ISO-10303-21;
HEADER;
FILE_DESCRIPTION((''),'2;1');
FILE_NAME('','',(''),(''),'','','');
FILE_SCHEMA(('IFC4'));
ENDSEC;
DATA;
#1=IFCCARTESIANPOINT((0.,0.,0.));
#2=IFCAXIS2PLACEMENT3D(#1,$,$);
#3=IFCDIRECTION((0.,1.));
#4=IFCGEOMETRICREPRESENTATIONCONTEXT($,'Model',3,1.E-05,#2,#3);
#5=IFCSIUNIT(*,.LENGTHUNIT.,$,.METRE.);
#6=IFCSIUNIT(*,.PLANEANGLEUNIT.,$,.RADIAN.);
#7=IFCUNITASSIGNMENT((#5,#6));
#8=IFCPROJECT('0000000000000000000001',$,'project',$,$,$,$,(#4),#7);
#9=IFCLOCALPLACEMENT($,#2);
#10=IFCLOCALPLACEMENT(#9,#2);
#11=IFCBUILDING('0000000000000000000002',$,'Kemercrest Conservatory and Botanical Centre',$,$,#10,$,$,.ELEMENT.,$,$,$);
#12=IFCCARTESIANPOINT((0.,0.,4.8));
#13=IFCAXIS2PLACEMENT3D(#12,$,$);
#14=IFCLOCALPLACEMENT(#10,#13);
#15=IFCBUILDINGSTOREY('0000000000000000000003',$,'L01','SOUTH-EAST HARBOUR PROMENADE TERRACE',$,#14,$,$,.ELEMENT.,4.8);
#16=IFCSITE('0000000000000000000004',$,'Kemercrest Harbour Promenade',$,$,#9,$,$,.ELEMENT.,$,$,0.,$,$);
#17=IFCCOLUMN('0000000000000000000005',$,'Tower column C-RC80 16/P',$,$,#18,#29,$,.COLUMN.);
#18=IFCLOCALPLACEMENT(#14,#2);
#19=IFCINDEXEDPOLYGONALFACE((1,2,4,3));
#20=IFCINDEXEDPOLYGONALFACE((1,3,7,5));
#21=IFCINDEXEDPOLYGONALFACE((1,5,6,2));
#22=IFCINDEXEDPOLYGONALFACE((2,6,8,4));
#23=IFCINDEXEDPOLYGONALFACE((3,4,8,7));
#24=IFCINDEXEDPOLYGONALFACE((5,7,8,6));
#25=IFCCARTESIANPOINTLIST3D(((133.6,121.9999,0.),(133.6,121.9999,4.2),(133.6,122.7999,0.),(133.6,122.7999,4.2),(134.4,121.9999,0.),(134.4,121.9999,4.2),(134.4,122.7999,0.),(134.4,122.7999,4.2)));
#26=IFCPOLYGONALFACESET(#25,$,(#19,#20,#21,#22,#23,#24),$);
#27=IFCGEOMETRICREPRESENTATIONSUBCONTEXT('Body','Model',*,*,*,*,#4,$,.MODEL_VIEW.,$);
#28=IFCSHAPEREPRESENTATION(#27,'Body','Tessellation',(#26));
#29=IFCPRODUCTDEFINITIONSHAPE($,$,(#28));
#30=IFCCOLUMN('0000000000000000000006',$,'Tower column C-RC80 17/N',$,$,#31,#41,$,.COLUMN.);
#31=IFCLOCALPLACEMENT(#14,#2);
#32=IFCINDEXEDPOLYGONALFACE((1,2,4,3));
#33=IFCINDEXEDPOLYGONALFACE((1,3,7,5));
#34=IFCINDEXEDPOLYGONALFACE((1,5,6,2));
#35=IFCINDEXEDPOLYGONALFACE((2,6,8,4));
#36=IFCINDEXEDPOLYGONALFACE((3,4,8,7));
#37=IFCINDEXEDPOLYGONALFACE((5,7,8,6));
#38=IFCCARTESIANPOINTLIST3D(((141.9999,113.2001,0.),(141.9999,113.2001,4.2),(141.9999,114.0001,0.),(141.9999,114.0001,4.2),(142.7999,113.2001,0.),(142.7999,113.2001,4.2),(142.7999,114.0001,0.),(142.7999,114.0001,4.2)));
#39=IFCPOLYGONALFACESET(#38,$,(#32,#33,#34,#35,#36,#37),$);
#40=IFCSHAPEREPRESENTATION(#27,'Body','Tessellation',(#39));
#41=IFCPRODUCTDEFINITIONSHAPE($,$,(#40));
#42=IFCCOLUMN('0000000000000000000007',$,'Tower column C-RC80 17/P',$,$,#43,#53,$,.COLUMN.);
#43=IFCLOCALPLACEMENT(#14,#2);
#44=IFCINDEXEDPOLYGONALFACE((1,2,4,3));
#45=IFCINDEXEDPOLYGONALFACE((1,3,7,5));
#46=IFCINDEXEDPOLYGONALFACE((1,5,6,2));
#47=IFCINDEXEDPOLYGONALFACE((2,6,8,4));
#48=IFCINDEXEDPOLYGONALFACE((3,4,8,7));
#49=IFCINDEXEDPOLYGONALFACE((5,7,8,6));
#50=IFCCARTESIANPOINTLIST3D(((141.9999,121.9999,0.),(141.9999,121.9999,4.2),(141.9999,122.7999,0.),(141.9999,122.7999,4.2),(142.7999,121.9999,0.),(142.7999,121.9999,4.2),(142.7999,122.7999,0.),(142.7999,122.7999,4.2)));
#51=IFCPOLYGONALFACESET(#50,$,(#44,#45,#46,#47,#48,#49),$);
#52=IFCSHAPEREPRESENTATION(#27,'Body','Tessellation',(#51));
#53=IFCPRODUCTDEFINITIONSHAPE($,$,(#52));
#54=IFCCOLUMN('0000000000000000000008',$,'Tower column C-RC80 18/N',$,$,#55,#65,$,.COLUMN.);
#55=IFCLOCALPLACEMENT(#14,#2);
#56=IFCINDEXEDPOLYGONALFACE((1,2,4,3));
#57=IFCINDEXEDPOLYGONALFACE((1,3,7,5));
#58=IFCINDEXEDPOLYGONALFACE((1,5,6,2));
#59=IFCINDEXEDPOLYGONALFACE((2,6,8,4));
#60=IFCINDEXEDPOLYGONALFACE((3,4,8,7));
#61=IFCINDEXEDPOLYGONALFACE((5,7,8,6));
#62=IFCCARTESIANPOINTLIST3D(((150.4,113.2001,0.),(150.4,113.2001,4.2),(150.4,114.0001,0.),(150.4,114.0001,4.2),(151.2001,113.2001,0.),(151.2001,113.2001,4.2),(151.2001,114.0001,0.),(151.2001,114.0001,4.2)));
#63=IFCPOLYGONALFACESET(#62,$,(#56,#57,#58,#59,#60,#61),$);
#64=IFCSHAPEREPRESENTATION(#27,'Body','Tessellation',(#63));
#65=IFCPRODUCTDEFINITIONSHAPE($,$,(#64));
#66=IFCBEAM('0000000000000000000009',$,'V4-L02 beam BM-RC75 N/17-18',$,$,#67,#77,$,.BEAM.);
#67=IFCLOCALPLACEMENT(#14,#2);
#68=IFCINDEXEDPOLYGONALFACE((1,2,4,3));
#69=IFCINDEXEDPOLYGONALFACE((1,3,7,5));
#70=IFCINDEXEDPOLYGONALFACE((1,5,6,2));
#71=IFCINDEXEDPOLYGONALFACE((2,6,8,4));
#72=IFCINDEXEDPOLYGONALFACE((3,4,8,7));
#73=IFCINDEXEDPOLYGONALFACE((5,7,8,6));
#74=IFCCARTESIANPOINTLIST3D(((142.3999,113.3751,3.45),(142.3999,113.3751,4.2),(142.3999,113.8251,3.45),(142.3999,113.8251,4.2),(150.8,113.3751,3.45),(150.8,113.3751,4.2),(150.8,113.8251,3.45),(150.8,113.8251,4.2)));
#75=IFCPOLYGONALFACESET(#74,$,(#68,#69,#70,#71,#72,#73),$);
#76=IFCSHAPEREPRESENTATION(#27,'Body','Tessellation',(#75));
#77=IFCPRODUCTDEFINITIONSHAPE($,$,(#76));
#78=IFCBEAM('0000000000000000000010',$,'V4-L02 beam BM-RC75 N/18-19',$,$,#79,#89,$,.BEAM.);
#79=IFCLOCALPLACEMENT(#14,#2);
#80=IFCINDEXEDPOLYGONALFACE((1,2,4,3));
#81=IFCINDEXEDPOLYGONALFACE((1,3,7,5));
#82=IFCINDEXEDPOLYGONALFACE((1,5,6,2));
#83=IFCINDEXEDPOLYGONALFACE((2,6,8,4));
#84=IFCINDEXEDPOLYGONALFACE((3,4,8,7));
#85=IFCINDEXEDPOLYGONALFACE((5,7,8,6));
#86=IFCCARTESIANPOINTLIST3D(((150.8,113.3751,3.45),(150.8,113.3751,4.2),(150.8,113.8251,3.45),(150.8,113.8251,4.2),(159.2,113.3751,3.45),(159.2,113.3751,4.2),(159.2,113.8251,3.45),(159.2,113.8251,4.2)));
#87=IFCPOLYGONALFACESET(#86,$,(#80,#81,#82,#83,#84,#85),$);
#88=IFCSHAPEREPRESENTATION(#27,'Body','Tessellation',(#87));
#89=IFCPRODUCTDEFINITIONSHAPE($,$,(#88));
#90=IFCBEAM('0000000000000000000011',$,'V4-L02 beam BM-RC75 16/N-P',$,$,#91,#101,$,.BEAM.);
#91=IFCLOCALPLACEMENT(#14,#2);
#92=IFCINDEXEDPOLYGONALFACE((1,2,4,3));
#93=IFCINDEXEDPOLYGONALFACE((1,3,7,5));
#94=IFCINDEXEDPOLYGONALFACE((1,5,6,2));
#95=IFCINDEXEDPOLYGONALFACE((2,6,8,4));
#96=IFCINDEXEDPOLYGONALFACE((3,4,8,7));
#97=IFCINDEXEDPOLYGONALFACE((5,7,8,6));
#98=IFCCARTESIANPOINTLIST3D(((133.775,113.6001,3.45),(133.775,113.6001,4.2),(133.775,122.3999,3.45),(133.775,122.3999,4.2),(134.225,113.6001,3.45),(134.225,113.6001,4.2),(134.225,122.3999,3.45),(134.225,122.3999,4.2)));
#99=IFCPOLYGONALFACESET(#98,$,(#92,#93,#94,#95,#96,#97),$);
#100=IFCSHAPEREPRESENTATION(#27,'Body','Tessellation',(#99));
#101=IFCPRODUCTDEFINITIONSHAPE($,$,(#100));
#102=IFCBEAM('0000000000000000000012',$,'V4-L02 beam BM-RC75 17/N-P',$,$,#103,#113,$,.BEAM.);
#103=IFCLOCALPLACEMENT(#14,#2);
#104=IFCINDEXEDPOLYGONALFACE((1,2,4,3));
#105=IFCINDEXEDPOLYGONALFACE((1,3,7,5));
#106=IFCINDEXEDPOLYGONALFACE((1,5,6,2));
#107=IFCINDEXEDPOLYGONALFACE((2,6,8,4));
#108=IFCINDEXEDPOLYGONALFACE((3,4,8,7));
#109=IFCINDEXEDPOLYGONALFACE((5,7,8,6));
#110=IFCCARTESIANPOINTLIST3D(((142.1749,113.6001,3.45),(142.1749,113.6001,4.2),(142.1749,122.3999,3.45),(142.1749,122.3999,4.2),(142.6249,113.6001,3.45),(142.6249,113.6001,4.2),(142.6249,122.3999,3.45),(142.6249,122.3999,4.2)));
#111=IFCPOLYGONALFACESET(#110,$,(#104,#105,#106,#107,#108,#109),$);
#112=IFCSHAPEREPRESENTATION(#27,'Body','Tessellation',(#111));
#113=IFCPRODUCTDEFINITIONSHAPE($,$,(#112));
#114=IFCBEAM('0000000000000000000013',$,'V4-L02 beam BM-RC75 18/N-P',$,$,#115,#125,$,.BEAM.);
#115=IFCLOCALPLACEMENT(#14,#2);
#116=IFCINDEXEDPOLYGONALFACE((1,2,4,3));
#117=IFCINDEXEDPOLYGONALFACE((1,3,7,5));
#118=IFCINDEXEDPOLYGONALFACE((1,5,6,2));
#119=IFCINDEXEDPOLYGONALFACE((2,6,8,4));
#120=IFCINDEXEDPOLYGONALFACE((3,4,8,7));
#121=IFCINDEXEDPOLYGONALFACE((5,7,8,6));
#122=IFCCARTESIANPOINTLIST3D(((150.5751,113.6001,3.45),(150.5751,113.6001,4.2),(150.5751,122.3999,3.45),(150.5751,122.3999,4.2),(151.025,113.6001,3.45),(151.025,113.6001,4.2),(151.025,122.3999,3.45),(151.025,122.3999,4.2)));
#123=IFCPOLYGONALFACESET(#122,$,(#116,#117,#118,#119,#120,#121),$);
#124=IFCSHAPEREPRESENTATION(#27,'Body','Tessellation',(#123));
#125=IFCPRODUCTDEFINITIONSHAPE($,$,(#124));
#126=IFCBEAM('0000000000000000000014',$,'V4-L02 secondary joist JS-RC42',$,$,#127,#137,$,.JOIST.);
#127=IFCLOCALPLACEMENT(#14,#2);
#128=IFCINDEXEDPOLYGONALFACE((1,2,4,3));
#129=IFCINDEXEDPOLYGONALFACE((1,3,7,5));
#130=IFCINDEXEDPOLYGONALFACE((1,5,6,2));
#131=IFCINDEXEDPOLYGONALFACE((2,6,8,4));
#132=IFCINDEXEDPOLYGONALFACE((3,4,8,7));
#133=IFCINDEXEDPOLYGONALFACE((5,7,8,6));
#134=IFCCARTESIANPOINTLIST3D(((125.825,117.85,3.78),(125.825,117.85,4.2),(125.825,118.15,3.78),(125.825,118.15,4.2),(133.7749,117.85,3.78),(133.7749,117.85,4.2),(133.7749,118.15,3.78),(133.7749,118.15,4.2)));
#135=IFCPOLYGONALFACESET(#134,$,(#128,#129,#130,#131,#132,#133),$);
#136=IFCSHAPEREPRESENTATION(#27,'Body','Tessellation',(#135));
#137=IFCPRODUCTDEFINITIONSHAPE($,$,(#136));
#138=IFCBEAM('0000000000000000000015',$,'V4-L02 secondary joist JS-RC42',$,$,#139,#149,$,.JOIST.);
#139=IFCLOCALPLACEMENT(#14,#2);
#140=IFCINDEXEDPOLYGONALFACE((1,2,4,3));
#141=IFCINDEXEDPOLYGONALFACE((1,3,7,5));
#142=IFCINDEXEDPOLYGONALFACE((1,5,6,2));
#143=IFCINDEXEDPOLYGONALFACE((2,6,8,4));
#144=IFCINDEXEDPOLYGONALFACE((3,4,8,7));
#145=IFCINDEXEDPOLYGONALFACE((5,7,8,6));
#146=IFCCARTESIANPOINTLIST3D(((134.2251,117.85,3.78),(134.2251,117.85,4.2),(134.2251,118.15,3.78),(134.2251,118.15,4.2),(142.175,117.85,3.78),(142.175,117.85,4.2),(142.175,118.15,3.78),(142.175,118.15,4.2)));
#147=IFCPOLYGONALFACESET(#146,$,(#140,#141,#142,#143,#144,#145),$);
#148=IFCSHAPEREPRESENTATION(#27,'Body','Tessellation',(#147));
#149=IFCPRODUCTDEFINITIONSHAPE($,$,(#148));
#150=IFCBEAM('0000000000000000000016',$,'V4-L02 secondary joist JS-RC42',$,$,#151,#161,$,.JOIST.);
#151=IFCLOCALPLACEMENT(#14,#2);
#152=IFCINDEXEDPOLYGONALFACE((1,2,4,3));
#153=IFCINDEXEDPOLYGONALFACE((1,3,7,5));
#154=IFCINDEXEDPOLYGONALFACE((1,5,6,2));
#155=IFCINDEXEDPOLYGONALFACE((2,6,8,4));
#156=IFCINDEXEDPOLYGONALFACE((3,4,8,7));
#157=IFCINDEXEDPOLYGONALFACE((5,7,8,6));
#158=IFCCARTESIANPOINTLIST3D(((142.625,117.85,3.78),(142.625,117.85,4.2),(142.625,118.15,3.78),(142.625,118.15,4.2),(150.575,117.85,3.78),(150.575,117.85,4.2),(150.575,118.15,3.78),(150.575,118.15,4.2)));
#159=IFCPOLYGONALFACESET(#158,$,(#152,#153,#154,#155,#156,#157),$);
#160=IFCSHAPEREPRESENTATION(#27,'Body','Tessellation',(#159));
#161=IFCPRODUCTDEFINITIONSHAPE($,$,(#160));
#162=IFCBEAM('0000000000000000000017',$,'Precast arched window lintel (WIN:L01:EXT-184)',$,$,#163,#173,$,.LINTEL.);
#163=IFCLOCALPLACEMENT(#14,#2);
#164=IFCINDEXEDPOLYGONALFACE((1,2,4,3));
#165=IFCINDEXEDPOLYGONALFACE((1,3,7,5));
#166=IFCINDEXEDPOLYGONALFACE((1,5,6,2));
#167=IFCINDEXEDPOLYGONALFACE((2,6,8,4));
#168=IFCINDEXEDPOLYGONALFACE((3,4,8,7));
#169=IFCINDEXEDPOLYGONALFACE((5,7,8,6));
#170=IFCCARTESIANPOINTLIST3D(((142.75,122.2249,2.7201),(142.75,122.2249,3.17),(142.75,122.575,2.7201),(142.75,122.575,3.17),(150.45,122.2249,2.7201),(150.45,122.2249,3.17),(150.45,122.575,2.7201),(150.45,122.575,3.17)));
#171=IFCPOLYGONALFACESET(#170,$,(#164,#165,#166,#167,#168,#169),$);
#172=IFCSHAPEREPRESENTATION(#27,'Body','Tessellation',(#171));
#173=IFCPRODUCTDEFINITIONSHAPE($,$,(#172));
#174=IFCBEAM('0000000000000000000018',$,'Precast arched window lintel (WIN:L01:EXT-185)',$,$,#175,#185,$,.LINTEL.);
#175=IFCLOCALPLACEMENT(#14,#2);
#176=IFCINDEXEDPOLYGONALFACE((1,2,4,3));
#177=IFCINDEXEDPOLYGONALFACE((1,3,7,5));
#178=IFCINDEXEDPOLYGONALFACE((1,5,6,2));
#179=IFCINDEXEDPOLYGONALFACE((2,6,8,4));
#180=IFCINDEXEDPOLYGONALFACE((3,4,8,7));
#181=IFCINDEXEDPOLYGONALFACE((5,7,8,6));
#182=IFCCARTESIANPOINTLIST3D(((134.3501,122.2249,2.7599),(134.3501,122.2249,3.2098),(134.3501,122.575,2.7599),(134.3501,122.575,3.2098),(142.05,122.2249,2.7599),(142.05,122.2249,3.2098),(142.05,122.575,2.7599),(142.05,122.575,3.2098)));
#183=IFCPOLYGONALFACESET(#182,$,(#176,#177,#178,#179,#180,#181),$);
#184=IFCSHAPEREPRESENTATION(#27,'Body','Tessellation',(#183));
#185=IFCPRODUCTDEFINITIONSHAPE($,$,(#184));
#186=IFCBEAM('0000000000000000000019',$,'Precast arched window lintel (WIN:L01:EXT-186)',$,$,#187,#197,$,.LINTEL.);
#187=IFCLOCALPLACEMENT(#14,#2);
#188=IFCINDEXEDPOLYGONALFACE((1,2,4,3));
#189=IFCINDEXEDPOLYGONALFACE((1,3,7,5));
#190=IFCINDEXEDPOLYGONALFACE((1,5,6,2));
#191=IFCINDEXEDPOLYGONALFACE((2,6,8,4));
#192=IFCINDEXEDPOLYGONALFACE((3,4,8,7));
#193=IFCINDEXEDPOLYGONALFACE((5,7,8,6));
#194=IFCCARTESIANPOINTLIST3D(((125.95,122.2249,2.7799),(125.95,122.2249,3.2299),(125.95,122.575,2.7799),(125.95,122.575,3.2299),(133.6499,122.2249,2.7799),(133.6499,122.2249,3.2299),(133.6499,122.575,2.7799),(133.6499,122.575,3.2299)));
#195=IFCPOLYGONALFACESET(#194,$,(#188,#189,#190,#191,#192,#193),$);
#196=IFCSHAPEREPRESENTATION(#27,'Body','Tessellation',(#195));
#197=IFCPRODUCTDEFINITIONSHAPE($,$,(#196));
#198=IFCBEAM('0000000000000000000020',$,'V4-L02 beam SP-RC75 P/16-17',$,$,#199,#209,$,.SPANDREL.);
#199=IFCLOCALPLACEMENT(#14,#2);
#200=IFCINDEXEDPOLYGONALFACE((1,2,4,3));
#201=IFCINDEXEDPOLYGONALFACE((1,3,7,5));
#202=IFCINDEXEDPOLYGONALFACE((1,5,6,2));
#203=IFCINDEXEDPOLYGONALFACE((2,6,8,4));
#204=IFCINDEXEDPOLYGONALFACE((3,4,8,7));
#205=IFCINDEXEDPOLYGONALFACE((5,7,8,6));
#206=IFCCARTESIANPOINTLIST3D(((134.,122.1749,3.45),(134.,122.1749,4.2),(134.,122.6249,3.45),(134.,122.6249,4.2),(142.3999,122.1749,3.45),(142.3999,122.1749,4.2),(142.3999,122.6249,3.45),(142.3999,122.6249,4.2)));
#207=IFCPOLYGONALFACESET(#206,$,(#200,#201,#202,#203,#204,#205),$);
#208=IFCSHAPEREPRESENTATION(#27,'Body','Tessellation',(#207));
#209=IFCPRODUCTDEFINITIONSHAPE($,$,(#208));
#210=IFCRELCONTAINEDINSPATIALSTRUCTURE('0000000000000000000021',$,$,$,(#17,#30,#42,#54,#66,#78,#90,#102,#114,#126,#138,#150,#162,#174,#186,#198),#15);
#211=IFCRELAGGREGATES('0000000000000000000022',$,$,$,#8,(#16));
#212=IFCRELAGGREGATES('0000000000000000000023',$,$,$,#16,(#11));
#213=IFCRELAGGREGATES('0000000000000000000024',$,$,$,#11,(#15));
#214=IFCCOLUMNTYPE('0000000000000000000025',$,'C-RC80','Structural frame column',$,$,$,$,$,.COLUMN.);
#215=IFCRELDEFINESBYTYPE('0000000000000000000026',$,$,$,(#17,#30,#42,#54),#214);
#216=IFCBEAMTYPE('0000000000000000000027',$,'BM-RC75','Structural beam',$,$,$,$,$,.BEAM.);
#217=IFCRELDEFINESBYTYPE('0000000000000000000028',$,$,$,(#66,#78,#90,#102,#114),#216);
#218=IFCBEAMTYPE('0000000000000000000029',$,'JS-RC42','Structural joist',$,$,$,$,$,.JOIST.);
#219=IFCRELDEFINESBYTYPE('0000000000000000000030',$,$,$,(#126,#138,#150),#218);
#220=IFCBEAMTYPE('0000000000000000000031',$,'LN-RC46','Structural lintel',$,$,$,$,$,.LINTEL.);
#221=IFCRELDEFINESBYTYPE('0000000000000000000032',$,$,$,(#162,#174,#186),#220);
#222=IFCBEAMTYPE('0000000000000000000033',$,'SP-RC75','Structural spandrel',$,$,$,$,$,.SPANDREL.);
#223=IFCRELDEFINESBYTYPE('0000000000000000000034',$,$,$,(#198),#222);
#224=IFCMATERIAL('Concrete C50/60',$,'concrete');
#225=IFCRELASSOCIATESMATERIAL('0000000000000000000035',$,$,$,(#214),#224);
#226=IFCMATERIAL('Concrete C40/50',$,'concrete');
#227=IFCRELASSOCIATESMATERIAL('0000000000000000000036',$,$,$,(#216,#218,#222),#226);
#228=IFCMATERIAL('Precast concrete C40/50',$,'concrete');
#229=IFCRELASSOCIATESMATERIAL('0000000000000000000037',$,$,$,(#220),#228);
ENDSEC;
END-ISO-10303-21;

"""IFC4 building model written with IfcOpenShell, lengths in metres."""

from ifc_helpers import new_model, si_unit, direction, frame, origin, origin_2d, place, context, subcontext, project, spatial, rectangle, extrude, material, material_profile, profile_set, type_object, element, save


model = new_model("IFC4")

# Units and contexts
model_context = context("Model", 3, precision=1e-05, world=origin(), true_north=direction((0.0, 1.0)))
body_context = subcontext(model_context, "Body", "Model", "MODEL_VIEW")
ifc_project = project(units=[si_unit("LENGTHUNIT", "METRE"), si_unit("PLANEANGLEUNIT", "RADIAN")], contexts=[model_context])

# Site, building, storey
site_placement = place(None, origin())
site = spatial("IfcSite", under=ifc_project, at=site_placement, Name="Kemercrest Harbour Promenade", CompositionType="ELEMENT", RefElevation=0.0)
building_placement = place(site_placement, origin())
building = spatial("IfcBuilding", under=site, at=building_placement, Name="Kemercrest Conservatory and Botanical Centre", CompositionType="ELEMENT")
storey_placement = place(building_placement, frame((0.0, 0.0, 4.8)))
storey = spatial("IfcBuildingStorey", under=building, at=storey_placement, Name="L01", Description="SOUTH-EAST HARBOUR PROMENADE TERRACE", CompositionType="ELEMENT", Elevation=4.8)

# Columns
ifc_material_1 = material(Name="Concrete C50/60", Category="concrete")
ifc_material_profile_1 = material_profile(ifc_material_1, rectangle(XDim=0.8, YDim=0.8, at=origin_2d()), Name="RC 800x800")
ifc_profile_set_1 = profile_set([ifc_material_profile_1], Name="Concrete C50/60")
column_type = type_object("IfcColumnType", Name="C-RC80", Description="Structural frame column", PredefinedType="COLUMN", material=ifc_profile_set_1)
for number, where, z_axis, x_axis, name in (
    (1, (134.0, 122.3999, 0.0), (0.0, 0.0, 1.0), (1.0, 0.0, 0.0), "Tower column C-RC80 16/P"),
    (2, (142.3999, 113.6001, 0.0), (0.0, 0.0, 1.0), (1.0, 0.0, 0.0), "Tower column C-RC80 17/N"),
    (3, (142.3999, 122.3999, 0.0), (0.0, 0.0, 1.0), (1.0, 0.0, 0.0), "Tower column C-RC80 17/P"),
    (4, (150.8, 113.6001, 0.0), (0.0, 0.0, 1.0), (1.0, 0.0, 0.0), "Tower column C-RC80 18/N"),
):
    element("IfcColumn", number, at=place(storey_placement, frame(where, z_axis=z_axis, x_axis=x_axis)), inside=storey, type_object=column_type, Name=name, PredefinedType="COLUMN", context=body_context, shape_type="SweptSolid", body=[
        extrude(rectangle(XDim=0.8, YDim=0.8, at=origin_2d()), origin(), (0.0, 0.0, 1.0), 4.2),
    ])

# Beams
ifc_material_2 = material(Name="Concrete C40/50", Category="concrete")
ifc_material_profile_2 = material_profile(ifc_material_2, rectangle(XDim=0.45, YDim=0.75, at=origin_2d()), Name="RC 450x750")
ifc_profile_set_2 = profile_set([ifc_material_profile_2], Name="Concrete C40/50")
beam_type_1 = type_object("IfcBeamType", Name="BM-RC75", Description="Structural beam", PredefinedType="BEAM", material=ifc_profile_set_2)
beam_1_placement = place(storey_placement, frame((142.3999, 113.6001, 3.825), z_axis=(1.0, 0.0, 0.0), x_axis=(0.0, 1.0, 0.0)))
element("IfcBeam", 5, at=beam_1_placement, inside=storey, type_object=beam_type_1, Name="V4-L02 beam BM-RC75 N/17-18", PredefinedType="BEAM", context=body_context, shape_type="SweptSolid", body=[
    extrude(rectangle(XDim=0.45, YDim=0.75, at=origin_2d()), origin(), (0.0, 0.0, 1.0), 8.4001),
])
beam_2_placement = place(storey_placement, frame((150.8, 113.6001, 3.825), z_axis=(1.0, 0.0, 0.0), x_axis=(0.0, 1.0, 0.0)))
element("IfcBeam", 6, at=beam_2_placement, inside=storey, type_object=beam_type_1, Name="V4-L02 beam BM-RC75 N/18-19", PredefinedType="BEAM", context=body_context, shape_type="SweptSolid", body=[
    extrude(rectangle(XDim=0.45, YDim=0.75, at=origin_2d()), origin(), (0.0, 0.0, 1.0), 8.3999),
])
for number, where, z_axis, x_axis, name in (
    (7, (134.0, 113.6001, 3.825), (0.0, 1.0, 0.0), (-1.0, 0.0, 0.0), "V4-L02 beam BM-RC75 16/N-P"),
    (8, (142.3999, 113.6001, 3.825), (0.0, 1.0, 0.0), (-1.0, 0.0, 0.0), "V4-L02 beam BM-RC75 17/N-P"),
    (9, (150.8, 113.6001, 3.825), (0.0, 1.0, 0.0), (-1.0, 0.0, 0.0), "V4-L02 beam BM-RC75 18/N-P"),
):
    element("IfcBeam", number, at=place(storey_placement, frame(where, z_axis=z_axis, x_axis=x_axis)), inside=storey, type_object=beam_type_1, Name=name, PredefinedType="BEAM", context=body_context, shape_type="SweptSolid", body=[
        extrude(rectangle(XDim=0.45, YDim=0.75, at=origin_2d()), origin(), (0.0, 0.0, 1.0), 8.7998),
    ])
ifc_material_profile_3 = material_profile(ifc_material_2, rectangle(XDim=0.3, YDim=0.4199, at=origin_2d()), Name="RC 300x420")
ifc_profile_set_3 = profile_set([ifc_material_profile_3], Name="Concrete C40/50")
beam_type_2 = type_object("IfcBeamType", Name="JS-RC42", Description="Structural joist", PredefinedType="JOIST", material=ifc_profile_set_3)
for number, where, z_axis, x_axis, name in (
    (10, (125.825, 118.0, 3.99), (1.0, 0.0, 0.0), (0.0, 1.0, 0.0), "V4-L02 secondary joist JS-RC42"),
    (11, (134.2251, 118.0, 3.99), (1.0, 0.0, 0.0), (0.0, 1.0, 0.0), "V4-L02 secondary joist JS-RC42"),
    (12, (142.625, 118.0, 3.99), (1.0, 0.0, 0.0), (0.0, 1.0, 0.0), "V4-L02 secondary joist JS-RC42"),
):
    element("IfcBeam", number, at=place(storey_placement, frame(where, z_axis=z_axis, x_axis=x_axis)), inside=storey, type_object=beam_type_2, Name=name, PredefinedType="JOIST", context=body_context, shape_type="SweptSolid", body=[
        extrude(rectangle(XDim=0.3, YDim=0.4199, at=origin_2d()), origin(), (0.0, 0.0, 1.0), 7.95),
    ])
ifc_material_3 = material(Name="Precast concrete C40/50", Category="concrete")
ifc_material_profile_4 = material_profile(ifc_material_3, rectangle(XDim=0.3501, YDim=0.45, at=origin_2d()), Name="RC 350x450")
ifc_profile_set_4 = profile_set([ifc_material_profile_4], Name="Precast concrete C40/50")
beam_type_3 = type_object("IfcBeamType", Name="LN-RC46", Description="Structural lintel", PredefinedType="LINTEL", material=ifc_profile_set_4)
for number, where, z_axis, x_axis, name in (
    (13, (150.45, 122.3999, 2.9451), (-1.0, 0.0, 0.0), (0.0, -1.0, 0.0), "Precast arched window lintel (WIN:L01:EXT-184)"),
    (14, (142.05, 122.3999, 2.9849), (-1.0, 0.0, 0.0), (0.0, -1.0, 0.0), "Precast arched window lintel (WIN:L01:EXT-185)"),
    (15, (133.6499, 122.3999, 3.0049), (-1.0, 0.0, 0.0), (0.0, -1.0, 0.0), "Precast arched window lintel (WIN:L01:EXT-186)"),
):
    element("IfcBeam", number, at=place(storey_placement, frame(where, z_axis=z_axis, x_axis=x_axis)), inside=storey, type_object=beam_type_3, Name=name, PredefinedType="LINTEL", context=body_context, shape_type="SweptSolid", body=[
        extrude(rectangle(XDim=0.3501, YDim=0.45, at=origin_2d()), origin(), (0.0, 0.0, 1.0), 7.7),
    ])
ifc_material_profile_5 = material_profile(ifc_material_2, rectangle(XDim=0.45, YDim=0.75, at=origin_2d()), Name="RC 450x750")
ifc_profile_set_5 = profile_set([ifc_material_profile_5], Name="Concrete C40/50")
beam_type_4 = type_object("IfcBeamType", Name="SP-RC75", Description="Structural spandrel", PredefinedType="SPANDREL", material=ifc_profile_set_5)
beam_3_placement = place(storey_placement, frame((134.0, 122.3999, 3.825), z_axis=(1.0, 0.0, 0.0), x_axis=(0.0, 1.0, 0.0)))
element("IfcBeam", 16, at=beam_3_placement, inside=storey, type_object=beam_type_4, Name="V4-L02 beam SP-RC75 P/16-17", PredefinedType="SPANDREL", context=body_context, shape_type="SweptSolid", body=[
    extrude(rectangle(XDim=0.45, YDim=0.75, at=origin_2d()), origin(), (0.0, 0.0, 1.0), 8.3999),
])

save(model, "model.ifc")
